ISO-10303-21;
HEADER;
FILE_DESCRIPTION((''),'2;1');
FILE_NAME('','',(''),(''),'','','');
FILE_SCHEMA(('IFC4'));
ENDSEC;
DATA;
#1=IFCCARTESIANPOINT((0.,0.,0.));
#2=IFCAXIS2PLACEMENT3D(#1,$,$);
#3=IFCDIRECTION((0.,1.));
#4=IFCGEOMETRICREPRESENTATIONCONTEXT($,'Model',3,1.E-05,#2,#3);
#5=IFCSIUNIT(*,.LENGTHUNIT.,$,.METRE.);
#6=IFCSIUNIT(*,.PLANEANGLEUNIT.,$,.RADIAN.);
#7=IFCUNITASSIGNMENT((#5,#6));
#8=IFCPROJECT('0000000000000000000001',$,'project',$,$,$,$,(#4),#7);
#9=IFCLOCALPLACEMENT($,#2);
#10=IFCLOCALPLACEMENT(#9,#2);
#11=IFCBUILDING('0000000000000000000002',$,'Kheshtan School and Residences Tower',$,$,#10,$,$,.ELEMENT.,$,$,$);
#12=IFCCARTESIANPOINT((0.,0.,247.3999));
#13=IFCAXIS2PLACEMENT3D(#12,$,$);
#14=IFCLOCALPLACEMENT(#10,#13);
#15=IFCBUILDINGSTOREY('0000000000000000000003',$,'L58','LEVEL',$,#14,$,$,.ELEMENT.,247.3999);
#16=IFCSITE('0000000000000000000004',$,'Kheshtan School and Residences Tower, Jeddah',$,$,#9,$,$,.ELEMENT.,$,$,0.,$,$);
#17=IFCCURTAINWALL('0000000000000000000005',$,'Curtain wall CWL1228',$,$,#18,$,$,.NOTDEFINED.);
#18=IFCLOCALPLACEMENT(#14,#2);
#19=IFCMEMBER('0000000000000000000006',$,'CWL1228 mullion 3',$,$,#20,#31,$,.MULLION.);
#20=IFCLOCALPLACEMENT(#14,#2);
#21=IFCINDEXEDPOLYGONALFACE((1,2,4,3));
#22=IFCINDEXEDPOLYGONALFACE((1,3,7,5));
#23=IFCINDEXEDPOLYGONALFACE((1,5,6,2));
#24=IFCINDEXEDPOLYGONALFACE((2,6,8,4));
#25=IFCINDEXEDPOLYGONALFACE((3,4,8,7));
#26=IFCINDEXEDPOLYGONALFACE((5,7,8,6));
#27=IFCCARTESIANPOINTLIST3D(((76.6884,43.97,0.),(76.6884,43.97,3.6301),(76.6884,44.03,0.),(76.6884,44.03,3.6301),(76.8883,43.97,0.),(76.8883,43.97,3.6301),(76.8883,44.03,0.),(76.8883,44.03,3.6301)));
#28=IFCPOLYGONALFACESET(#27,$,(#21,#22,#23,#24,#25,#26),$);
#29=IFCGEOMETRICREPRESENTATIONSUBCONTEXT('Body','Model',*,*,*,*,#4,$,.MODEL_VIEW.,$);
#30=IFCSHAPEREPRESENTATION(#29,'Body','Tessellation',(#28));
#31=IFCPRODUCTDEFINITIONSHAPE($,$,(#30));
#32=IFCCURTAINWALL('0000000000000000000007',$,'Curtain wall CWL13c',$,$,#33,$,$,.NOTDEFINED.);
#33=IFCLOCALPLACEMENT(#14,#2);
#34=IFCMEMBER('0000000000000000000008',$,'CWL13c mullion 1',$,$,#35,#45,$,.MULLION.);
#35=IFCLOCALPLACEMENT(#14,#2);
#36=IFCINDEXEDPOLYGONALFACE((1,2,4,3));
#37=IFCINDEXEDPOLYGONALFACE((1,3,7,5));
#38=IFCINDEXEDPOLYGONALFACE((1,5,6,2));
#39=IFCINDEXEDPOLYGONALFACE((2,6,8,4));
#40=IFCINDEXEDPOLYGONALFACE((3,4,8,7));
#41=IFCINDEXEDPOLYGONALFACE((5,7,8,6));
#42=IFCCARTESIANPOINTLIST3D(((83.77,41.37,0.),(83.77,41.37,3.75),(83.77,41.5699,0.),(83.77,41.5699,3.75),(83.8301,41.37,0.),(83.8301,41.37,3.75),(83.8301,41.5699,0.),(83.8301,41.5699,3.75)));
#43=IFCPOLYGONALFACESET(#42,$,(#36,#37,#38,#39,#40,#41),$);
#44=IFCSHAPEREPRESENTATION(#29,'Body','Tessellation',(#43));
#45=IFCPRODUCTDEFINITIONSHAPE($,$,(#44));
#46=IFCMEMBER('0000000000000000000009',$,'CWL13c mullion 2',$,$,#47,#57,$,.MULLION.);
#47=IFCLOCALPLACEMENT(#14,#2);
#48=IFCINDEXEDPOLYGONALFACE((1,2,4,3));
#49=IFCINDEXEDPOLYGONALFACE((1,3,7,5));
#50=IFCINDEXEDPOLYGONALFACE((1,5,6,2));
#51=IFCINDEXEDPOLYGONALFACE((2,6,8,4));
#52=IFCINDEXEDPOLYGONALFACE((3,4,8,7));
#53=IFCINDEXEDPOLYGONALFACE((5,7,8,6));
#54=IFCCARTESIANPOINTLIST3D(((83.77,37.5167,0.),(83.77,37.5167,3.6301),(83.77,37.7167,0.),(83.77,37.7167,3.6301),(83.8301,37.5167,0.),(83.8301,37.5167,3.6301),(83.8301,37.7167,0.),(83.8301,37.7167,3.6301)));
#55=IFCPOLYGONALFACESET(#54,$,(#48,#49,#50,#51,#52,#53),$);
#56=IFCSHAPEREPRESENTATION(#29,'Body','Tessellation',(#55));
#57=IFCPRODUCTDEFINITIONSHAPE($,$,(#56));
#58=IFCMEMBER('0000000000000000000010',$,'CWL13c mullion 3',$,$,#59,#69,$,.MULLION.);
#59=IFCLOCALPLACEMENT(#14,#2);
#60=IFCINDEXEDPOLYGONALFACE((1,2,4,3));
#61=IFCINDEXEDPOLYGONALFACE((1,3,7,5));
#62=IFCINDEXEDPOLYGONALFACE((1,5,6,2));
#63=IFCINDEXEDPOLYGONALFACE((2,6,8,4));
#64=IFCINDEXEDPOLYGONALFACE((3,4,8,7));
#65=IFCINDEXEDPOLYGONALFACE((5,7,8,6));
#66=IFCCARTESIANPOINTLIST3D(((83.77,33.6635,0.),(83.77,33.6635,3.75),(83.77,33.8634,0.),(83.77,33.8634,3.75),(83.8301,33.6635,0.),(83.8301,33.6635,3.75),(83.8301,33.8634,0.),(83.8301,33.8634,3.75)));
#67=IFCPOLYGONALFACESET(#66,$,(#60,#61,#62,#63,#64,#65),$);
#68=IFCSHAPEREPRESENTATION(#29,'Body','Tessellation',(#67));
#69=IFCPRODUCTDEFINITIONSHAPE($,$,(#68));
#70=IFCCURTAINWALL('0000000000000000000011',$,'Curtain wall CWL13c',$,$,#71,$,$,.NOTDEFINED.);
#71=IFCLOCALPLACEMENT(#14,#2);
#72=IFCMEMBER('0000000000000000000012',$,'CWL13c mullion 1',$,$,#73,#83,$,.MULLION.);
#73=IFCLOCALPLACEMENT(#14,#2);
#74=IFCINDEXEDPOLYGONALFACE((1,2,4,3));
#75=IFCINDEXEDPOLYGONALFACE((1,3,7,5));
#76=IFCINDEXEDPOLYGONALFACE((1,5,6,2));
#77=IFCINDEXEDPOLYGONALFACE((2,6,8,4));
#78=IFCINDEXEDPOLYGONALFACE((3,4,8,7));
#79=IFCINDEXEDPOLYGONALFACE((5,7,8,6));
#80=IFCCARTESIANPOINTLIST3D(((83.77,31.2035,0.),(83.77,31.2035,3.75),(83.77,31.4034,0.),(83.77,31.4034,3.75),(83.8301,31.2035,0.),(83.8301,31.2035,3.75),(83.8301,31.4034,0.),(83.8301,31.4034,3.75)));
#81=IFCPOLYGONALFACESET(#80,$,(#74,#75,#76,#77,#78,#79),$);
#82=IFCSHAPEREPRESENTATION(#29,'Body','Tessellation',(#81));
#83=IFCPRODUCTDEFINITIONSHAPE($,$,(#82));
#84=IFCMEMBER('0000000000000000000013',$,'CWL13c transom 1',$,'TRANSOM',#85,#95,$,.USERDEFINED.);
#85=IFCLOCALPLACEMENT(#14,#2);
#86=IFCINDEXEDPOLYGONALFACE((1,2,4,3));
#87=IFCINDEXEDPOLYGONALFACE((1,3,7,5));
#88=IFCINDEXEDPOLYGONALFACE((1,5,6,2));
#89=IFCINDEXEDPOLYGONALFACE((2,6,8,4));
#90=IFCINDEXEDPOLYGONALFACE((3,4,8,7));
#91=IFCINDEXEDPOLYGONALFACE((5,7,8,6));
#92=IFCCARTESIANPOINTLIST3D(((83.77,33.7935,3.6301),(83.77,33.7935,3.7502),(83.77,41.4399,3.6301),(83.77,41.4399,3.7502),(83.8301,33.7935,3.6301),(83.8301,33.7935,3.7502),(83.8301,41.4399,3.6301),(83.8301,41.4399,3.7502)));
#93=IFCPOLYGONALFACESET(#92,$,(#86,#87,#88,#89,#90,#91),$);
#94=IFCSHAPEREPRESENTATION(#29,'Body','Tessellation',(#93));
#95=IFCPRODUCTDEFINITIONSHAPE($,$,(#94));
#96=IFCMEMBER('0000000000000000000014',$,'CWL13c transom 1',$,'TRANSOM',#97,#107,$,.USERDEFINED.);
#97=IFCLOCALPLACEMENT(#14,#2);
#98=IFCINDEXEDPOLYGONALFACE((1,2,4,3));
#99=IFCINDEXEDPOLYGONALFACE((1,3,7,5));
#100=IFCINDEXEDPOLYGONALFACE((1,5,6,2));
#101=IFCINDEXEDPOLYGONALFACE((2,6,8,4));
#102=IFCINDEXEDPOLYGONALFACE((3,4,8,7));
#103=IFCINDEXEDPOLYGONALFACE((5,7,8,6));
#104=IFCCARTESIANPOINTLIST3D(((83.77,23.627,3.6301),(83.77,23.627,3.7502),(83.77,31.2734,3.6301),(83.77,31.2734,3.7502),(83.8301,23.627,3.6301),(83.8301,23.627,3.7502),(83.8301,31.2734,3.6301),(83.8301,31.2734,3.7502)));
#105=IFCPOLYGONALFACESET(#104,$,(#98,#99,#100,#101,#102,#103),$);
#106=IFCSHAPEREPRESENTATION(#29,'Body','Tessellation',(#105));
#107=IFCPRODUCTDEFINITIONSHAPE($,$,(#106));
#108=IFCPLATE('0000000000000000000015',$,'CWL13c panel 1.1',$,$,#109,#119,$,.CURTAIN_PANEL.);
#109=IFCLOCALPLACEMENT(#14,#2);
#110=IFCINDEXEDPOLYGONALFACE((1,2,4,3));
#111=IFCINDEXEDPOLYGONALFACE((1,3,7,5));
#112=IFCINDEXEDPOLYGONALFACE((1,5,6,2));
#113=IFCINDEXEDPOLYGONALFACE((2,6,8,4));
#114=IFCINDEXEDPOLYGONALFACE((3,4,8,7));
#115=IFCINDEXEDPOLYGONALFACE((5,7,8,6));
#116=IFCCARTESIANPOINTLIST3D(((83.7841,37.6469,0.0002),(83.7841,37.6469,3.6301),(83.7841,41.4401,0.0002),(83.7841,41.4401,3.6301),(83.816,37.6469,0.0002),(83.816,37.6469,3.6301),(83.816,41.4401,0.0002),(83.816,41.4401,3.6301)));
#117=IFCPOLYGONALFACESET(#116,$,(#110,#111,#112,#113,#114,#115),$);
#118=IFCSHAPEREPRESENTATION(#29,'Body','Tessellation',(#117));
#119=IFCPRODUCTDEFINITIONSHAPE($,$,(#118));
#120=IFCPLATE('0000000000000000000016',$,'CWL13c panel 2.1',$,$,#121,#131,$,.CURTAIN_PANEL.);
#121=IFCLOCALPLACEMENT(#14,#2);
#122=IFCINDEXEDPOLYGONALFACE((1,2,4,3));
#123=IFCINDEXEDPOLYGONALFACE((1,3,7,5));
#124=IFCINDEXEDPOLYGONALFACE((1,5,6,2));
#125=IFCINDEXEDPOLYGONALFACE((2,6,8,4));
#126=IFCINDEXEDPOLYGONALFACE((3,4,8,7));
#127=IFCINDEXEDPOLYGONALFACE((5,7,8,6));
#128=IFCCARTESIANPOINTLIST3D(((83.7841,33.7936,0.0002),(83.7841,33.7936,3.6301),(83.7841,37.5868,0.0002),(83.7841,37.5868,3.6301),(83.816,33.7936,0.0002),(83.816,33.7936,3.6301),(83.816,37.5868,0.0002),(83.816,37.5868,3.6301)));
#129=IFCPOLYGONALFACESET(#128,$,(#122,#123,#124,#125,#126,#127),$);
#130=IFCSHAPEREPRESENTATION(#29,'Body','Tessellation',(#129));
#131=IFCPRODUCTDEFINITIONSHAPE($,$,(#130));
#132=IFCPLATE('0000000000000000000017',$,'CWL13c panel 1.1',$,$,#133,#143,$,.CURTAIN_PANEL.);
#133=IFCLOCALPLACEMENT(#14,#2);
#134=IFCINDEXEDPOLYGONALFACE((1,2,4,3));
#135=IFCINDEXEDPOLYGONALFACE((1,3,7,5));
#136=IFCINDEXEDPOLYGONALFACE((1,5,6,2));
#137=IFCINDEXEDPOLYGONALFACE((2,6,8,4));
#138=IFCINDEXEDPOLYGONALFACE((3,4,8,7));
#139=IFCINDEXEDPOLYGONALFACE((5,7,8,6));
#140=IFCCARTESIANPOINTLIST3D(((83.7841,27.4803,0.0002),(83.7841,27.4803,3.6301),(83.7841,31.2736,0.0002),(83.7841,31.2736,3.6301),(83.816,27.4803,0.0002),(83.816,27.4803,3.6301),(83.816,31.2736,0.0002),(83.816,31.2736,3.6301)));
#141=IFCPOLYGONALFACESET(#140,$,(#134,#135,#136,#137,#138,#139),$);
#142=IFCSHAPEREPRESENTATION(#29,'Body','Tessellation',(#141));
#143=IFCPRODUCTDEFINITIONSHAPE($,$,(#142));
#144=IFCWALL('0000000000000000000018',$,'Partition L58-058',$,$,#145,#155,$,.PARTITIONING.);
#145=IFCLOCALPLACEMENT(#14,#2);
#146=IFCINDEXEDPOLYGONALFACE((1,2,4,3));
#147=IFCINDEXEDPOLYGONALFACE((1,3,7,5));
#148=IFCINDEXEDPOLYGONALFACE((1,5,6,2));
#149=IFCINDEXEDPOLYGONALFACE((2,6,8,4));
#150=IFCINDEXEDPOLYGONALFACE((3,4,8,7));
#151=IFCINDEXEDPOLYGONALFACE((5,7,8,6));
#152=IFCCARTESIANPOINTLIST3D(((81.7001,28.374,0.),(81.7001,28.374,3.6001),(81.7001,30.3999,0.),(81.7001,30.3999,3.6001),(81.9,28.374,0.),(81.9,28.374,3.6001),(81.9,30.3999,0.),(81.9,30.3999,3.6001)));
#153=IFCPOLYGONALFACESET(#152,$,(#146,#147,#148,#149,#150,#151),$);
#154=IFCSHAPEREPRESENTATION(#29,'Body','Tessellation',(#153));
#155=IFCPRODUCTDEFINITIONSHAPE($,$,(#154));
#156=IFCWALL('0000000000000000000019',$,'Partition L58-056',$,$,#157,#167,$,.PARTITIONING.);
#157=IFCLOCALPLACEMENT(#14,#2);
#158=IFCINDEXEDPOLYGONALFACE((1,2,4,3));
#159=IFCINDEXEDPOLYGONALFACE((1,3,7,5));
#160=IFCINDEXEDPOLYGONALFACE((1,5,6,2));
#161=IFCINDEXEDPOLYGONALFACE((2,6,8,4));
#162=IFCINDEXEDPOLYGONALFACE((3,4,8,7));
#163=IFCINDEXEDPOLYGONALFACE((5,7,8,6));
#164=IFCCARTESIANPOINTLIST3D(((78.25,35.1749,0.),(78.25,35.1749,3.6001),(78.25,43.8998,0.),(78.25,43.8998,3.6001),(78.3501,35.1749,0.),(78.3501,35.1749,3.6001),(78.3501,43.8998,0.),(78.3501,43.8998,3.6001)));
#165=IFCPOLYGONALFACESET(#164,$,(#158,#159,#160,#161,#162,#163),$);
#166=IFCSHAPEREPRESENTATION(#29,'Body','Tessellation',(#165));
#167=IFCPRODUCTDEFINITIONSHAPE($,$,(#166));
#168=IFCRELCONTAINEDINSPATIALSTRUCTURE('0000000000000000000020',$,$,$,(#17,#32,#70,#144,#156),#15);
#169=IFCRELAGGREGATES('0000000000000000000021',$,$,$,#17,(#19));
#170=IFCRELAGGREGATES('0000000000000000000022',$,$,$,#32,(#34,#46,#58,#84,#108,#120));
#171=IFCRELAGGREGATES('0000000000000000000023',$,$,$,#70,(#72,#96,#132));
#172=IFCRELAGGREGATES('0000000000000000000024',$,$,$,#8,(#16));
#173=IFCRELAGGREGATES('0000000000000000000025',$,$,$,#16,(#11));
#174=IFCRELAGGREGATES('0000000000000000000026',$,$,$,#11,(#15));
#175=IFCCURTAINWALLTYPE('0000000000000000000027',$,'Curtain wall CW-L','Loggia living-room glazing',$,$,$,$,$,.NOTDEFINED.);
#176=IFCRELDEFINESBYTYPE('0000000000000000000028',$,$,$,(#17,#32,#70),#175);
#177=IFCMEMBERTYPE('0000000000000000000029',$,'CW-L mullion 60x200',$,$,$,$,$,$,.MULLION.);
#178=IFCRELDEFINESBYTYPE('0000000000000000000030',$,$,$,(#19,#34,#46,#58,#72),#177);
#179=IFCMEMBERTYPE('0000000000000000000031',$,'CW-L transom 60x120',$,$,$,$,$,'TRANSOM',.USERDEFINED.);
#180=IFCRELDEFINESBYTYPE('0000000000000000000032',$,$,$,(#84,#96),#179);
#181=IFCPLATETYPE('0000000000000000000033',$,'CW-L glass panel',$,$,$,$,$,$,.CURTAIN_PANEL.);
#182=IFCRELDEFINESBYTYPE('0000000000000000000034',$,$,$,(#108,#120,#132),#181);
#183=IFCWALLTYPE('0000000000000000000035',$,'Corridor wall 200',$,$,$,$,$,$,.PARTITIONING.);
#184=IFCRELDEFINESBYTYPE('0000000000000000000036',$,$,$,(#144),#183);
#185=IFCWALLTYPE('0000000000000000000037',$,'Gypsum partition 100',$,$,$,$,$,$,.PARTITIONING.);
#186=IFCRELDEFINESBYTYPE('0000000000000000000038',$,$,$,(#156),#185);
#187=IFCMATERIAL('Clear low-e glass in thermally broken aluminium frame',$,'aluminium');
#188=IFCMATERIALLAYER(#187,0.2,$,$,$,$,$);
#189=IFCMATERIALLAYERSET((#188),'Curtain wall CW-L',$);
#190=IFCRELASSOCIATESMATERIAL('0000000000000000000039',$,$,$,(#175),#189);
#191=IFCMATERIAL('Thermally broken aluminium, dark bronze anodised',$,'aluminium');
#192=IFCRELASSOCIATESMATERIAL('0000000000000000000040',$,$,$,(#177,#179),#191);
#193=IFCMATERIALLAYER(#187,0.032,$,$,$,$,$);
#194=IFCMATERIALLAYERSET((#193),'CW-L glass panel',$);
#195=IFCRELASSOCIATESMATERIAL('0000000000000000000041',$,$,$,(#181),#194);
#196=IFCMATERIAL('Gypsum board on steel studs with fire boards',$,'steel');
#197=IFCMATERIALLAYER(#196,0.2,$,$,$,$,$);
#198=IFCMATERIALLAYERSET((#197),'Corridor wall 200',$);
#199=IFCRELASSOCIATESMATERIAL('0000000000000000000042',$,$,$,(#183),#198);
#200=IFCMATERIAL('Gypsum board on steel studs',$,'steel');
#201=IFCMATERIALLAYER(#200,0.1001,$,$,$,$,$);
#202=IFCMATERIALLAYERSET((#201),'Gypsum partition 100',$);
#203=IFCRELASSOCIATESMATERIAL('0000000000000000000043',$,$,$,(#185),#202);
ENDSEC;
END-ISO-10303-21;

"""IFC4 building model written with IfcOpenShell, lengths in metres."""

from ifc_helpers import new_model, si_unit, direction, frame, frame_2d, origin, origin_2d, place, context, subcontext, project, spatial, rectangle, extrude, material, layer, layer_set, material_profile, profile_set, type_object, element, aggregate, save


model = new_model("IFC4")

# Units and contexts
model_context = context("Model", 3, precision=1e-05, world=origin(), true_north=direction((0.0, 1.0)))
body_context = subcontext(model_context, "Body", "Model", "MODEL_VIEW")
ifc_project = project(units=[si_unit("LENGTHUNIT", "METRE"), si_unit("PLANEANGLEUNIT", "RADIAN")], contexts=[model_context])

# Site, building, storey
site_placement = place(None, origin())
site = spatial("IfcSite", under=ifc_project, at=site_placement, Name="Kheshtan School and Residences Tower, Jeddah", CompositionType="ELEMENT", RefElevation=0.0)
building_placement = place(site_placement, origin())
building = spatial("IfcBuilding", under=site, at=building_placement, Name="Kheshtan School and Residences Tower", CompositionType="ELEMENT")
storey_placement = place(building_placement, frame((0.0, 0.0, 247.3999)))
storey = spatial("IfcBuildingStorey", under=building, at=storey_placement, Name="L58", Description="LEVEL", CompositionType="ELEMENT", Elevation=247.3999)

# Curtain wall, member
ifc_material_1 = material(Name="Clear low-e glass in thermally broken aluminium frame", Category="aluminium")
ifc_layer_1 = layer(ifc_material_1, 0.2)
ifc_layer_set_1 = layer_set([ifc_layer_1], Name="Curtain wall CW-L")
curtain_wall_type = type_object("IfcCurtainWallType", Name="Curtain wall CW-L", Description="Loggia living-room glazing", PredefinedType="NOTDEFINED", material=ifc_layer_set_1)
curtain_wall_1_placement = place(storey_placement, origin())
curtain_wall_1 = element("IfcCurtainWall", 1, at=curtain_wall_1_placement, inside=storey, type_object=curtain_wall_type, Name="Curtain wall CWL1228", PredefinedType="NOTDEFINED")
ifc_material_2 = material(Name="Thermally broken aluminium, dark bronze anodised", Category="aluminium")
ifc_material_profile_1 = material_profile(ifc_material_2, rectangle(XDim=0.0601, YDim=0.2, at=origin_2d()), Name="CW-L mullion 60x200")
ifc_profile_set_1 = profile_set([ifc_material_profile_1], Name="Thermally broken aluminium, dark bronze anodised")
member_type_1 = type_object("IfcMemberType", Name="CW-L mullion 60x200", PredefinedType="MULLION", material=ifc_profile_set_1)
member_1_placement = place(storey_placement, frame((76.7883, 44.0, 0.0), z_axis=(0.0, 0.0, 1.0), x_axis=(0.0, 1.0, 0.0)))
member_1 = element("IfcMember", 2, at=member_1_placement, type_object=member_type_1, Name="CWL1228 mullion 3", PredefinedType="MULLION", context=body_context, shape_type="SweptSolid", body=[
    extrude(rectangle(XDim=0.0601, YDim=0.2, at=origin_2d()), origin(), (0.0, 0.0, 1.0), 3.6301),
])
aggregate(curtain_wall_1, [member_1])

# Curtain wall, members
curtain_wall_2_placement = place(storey_placement, origin())
curtain_wall_2 = element("IfcCurtainWall", 3, at=curtain_wall_2_placement, inside=storey, type_object=curtain_wall_type, Name="Curtain wall CWL13c", PredefinedType="NOTDEFINED")
member_2_placement = place(storey_placement, frame((83.8, 41.47, 0.0), z_axis=(0.0, 0.0, 1.0), x_axis=(1.0, 0.0, 0.0)))
member_2 = element("IfcMember", 4, at=member_2_placement, type_object=member_type_1, Name="CWL13c mullion 1", PredefinedType="MULLION", context=body_context, shape_type="SweptSolid", body=[
    extrude(rectangle(XDim=0.0601, YDim=0.2, at=origin_2d()), origin(), (0.0, 0.0, 1.0), 3.75),
])
member_3_placement = place(storey_placement, frame((83.8, 37.6167, 0.0), z_axis=(0.0, 0.0, 1.0), x_axis=(1.0, 0.0, 0.0)))
member_3 = element("IfcMember", 5, at=member_3_placement, type_object=member_type_1, Name="CWL13c mullion 2", PredefinedType="MULLION", context=body_context, shape_type="SweptSolid", body=[
    extrude(rectangle(XDim=0.0601, YDim=0.2, at=origin_2d()), origin(), (0.0, 0.0, 1.0), 3.6301),
])
member_4_placement = place(storey_placement, frame((83.8, 33.7634, 0.0), z_axis=(0.0, 0.0, 1.0), x_axis=(1.0, 0.0, 0.0)))
member_4 = element("IfcMember", 6, at=member_4_placement, type_object=member_type_1, Name="CWL13c mullion 3", PredefinedType="MULLION", context=body_context, shape_type="SweptSolid", body=[
    extrude(rectangle(XDim=0.0601, YDim=0.2, at=origin_2d()), origin(), (0.0, 0.0, 1.0), 3.75),
])

# Curtain wall, member
curtain_wall_3_placement = place(storey_placement, origin())
curtain_wall_3 = element("IfcCurtainWall", 7, at=curtain_wall_3_placement, inside=storey, type_object=curtain_wall_type, Name="Curtain wall CWL13c", PredefinedType="NOTDEFINED")
member_5_placement = place(storey_placement, frame((83.8, 31.3035, 0.0), z_axis=(0.0, 0.0, 1.0), x_axis=(1.0, 0.0, 0.0)))
member_5 = element("IfcMember", 8, at=member_5_placement, type_object=member_type_1, Name="CWL13c mullion 1", PredefinedType="MULLION", context=body_context, shape_type="SweptSolid", body=[
    extrude(rectangle(XDim=0.0601, YDim=0.2, at=origin_2d()), origin(), (0.0, 0.0, 1.0), 3.75),
])

# Members
ifc_material_profile_2 = material_profile(ifc_material_2, rectangle(XDim=0.0601, YDim=0.1201, at=origin_2d()), Name="CW-L transom 60x120")
ifc_profile_set_2 = profile_set([ifc_material_profile_2], Name="Thermally broken aluminium, dark bronze anodised")
member_type_2 = type_object("IfcMemberType", Name="CW-L transom 60x120", ElementType="TRANSOM", PredefinedType="USERDEFINED", material=ifc_profile_set_2)
member_6_placement = place(storey_placement, frame((83.8, 41.4399, 3.6902), z_axis=(0.0, -1.0, 0.0), x_axis=(1.0, 0.0, 0.0)))
member_6 = element("IfcMember", 9, at=member_6_placement, type_object=member_type_2, Name="CWL13c transom 1", ObjectType="TRANSOM", PredefinedType="USERDEFINED", context=body_context, shape_type="SweptSolid", body=[
    extrude(rectangle(XDim=0.0601, YDim=0.1201, at=origin_2d()), origin(), (0.0, 0.0, 1.0), 7.6465),
])
member_7_placement = place(storey_placement, frame((83.8, 31.2734, 3.6902), z_axis=(0.0, -1.0, 0.0), x_axis=(1.0, 0.0, 0.0)))
member_7 = element("IfcMember", 10, at=member_7_placement, type_object=member_type_2, Name="CWL13c transom 1", ObjectType="TRANSOM", PredefinedType="USERDEFINED", context=body_context, shape_type="SweptSolid", body=[
    extrude(rectangle(XDim=0.0601, YDim=0.1201, at=origin_2d()), origin(), (0.0, 0.0, 1.0), 7.6465),
])

# Plates
ifc_layer_2 = layer(ifc_material_1, 0.032)
ifc_layer_set_2 = layer_set([ifc_layer_2], Name="CW-L glass panel")
plate_type = type_object("IfcPlateType", Name="CW-L glass panel", PredefinedType="CURTAIN_PANEL", material=ifc_layer_set_2)
plate_1_placement = place(storey_placement, frame((83.8, 39.5435, 0.0002), z_axis=(0.0, 0.0, 1.0), x_axis=(0.0, -1.0, 0.0)))
plate_1 = element("IfcPlate", 11, at=plate_1_placement, type_object=plate_type, Name="CWL13c panel 1.1", PredefinedType="CURTAIN_PANEL", context=body_context, shape_type="SweptSolid", body=[
    extrude(rectangle(XDim=3.7932, YDim=0.032, at=origin_2d()), origin(), (0.0, 0.0, 1.0), 3.6299),
])
plate_2_placement = place(storey_placement, frame((83.8, 35.6902, 0.0002), z_axis=(0.0, 0.0, 1.0), x_axis=(0.0, -1.0, 0.0)))
plate_2 = element("IfcPlate", 12, at=plate_2_placement, type_object=plate_type, Name="CWL13c panel 2.1", PredefinedType="CURTAIN_PANEL", context=body_context, shape_type="SweptSolid", body=[
    extrude(rectangle(XDim=3.7932, YDim=0.032, at=origin_2d()), origin(), (0.0, 0.0, 1.0), 3.6299),
])
aggregate(curtain_wall_2, [member_2, member_3, member_4, member_6, plate_1, plate_2])
plate_3_placement = place(storey_placement, frame((83.8, 29.377, 0.0002), z_axis=(0.0, 0.0, 1.0), x_axis=(0.0, -1.0, 0.0)))
plate_3 = element("IfcPlate", 13, at=plate_3_placement, type_object=plate_type, Name="CWL13c panel 1.1", PredefinedType="CURTAIN_PANEL", context=body_context, shape_type="SweptSolid", body=[
    extrude(rectangle(XDim=3.7932, YDim=0.032, at=origin_2d()), origin(), (0.0, 0.0, 1.0), 3.6299),
])
aggregate(curtain_wall_3, [member_5, member_7, plate_3])

# Wall
ifc_material_3 = material(Name="Gypsum board on steel studs with fire boards", Category="steel")
ifc_layer_3 = layer(ifc_material_3, 0.2)
ifc_layer_set_3 = layer_set([ifc_layer_3], Name="Corridor wall 200")
wall_type_1 = type_object("IfcWallType", Name="Corridor wall 200", PredefinedType="PARTITIONING", material=ifc_layer_set_3)
wall_1_placement = place(storey_placement, frame((81.8, 28.374, 0.0), z_axis=(0.0, 0.0, 1.0), x_axis=(0.0, 1.0, 0.0)))
element("IfcWall", 14, at=wall_1_placement, inside=storey, type_object=wall_type_1, Name="Partition L58-058", PredefinedType="PARTITIONING", context=body_context, shape_type="SweptSolid", body=[
    extrude(rectangle(XDim=2.0259, YDim=0.2, at=frame_2d((1.0129, 0.0))), origin(), (0.0, 0.0, 1.0), 3.6001),
])

# Wall
ifc_material_4 = material(Name="Gypsum board on steel studs", Category="steel")
ifc_layer_4 = layer(ifc_material_4, 0.1001)
ifc_layer_set_4 = layer_set([ifc_layer_4], Name="Gypsum partition 100")
wall_type_2 = type_object("IfcWallType", Name="Gypsum partition 100", PredefinedType="PARTITIONING", material=ifc_layer_set_4)
wall_2_placement = place(storey_placement, frame((78.3, 35.175, 0.0), z_axis=(0.0, 0.0, 1.0), x_axis=(0.0, 1.0, 0.0)))
element("IfcWall", 15, at=wall_2_placement, inside=storey, type_object=wall_type_2, Name="Partition L58-056", PredefinedType="PARTITIONING", context=body_context, shape_type="SweptSolid", body=[
    extrude(rectangle(XDim=8.7249, YDim=0.1001, at=frame_2d((4.3623, 0.0))), origin(), (0.0, 0.0, 1.0), 3.6001),
])

save(model, "model.ifc")
